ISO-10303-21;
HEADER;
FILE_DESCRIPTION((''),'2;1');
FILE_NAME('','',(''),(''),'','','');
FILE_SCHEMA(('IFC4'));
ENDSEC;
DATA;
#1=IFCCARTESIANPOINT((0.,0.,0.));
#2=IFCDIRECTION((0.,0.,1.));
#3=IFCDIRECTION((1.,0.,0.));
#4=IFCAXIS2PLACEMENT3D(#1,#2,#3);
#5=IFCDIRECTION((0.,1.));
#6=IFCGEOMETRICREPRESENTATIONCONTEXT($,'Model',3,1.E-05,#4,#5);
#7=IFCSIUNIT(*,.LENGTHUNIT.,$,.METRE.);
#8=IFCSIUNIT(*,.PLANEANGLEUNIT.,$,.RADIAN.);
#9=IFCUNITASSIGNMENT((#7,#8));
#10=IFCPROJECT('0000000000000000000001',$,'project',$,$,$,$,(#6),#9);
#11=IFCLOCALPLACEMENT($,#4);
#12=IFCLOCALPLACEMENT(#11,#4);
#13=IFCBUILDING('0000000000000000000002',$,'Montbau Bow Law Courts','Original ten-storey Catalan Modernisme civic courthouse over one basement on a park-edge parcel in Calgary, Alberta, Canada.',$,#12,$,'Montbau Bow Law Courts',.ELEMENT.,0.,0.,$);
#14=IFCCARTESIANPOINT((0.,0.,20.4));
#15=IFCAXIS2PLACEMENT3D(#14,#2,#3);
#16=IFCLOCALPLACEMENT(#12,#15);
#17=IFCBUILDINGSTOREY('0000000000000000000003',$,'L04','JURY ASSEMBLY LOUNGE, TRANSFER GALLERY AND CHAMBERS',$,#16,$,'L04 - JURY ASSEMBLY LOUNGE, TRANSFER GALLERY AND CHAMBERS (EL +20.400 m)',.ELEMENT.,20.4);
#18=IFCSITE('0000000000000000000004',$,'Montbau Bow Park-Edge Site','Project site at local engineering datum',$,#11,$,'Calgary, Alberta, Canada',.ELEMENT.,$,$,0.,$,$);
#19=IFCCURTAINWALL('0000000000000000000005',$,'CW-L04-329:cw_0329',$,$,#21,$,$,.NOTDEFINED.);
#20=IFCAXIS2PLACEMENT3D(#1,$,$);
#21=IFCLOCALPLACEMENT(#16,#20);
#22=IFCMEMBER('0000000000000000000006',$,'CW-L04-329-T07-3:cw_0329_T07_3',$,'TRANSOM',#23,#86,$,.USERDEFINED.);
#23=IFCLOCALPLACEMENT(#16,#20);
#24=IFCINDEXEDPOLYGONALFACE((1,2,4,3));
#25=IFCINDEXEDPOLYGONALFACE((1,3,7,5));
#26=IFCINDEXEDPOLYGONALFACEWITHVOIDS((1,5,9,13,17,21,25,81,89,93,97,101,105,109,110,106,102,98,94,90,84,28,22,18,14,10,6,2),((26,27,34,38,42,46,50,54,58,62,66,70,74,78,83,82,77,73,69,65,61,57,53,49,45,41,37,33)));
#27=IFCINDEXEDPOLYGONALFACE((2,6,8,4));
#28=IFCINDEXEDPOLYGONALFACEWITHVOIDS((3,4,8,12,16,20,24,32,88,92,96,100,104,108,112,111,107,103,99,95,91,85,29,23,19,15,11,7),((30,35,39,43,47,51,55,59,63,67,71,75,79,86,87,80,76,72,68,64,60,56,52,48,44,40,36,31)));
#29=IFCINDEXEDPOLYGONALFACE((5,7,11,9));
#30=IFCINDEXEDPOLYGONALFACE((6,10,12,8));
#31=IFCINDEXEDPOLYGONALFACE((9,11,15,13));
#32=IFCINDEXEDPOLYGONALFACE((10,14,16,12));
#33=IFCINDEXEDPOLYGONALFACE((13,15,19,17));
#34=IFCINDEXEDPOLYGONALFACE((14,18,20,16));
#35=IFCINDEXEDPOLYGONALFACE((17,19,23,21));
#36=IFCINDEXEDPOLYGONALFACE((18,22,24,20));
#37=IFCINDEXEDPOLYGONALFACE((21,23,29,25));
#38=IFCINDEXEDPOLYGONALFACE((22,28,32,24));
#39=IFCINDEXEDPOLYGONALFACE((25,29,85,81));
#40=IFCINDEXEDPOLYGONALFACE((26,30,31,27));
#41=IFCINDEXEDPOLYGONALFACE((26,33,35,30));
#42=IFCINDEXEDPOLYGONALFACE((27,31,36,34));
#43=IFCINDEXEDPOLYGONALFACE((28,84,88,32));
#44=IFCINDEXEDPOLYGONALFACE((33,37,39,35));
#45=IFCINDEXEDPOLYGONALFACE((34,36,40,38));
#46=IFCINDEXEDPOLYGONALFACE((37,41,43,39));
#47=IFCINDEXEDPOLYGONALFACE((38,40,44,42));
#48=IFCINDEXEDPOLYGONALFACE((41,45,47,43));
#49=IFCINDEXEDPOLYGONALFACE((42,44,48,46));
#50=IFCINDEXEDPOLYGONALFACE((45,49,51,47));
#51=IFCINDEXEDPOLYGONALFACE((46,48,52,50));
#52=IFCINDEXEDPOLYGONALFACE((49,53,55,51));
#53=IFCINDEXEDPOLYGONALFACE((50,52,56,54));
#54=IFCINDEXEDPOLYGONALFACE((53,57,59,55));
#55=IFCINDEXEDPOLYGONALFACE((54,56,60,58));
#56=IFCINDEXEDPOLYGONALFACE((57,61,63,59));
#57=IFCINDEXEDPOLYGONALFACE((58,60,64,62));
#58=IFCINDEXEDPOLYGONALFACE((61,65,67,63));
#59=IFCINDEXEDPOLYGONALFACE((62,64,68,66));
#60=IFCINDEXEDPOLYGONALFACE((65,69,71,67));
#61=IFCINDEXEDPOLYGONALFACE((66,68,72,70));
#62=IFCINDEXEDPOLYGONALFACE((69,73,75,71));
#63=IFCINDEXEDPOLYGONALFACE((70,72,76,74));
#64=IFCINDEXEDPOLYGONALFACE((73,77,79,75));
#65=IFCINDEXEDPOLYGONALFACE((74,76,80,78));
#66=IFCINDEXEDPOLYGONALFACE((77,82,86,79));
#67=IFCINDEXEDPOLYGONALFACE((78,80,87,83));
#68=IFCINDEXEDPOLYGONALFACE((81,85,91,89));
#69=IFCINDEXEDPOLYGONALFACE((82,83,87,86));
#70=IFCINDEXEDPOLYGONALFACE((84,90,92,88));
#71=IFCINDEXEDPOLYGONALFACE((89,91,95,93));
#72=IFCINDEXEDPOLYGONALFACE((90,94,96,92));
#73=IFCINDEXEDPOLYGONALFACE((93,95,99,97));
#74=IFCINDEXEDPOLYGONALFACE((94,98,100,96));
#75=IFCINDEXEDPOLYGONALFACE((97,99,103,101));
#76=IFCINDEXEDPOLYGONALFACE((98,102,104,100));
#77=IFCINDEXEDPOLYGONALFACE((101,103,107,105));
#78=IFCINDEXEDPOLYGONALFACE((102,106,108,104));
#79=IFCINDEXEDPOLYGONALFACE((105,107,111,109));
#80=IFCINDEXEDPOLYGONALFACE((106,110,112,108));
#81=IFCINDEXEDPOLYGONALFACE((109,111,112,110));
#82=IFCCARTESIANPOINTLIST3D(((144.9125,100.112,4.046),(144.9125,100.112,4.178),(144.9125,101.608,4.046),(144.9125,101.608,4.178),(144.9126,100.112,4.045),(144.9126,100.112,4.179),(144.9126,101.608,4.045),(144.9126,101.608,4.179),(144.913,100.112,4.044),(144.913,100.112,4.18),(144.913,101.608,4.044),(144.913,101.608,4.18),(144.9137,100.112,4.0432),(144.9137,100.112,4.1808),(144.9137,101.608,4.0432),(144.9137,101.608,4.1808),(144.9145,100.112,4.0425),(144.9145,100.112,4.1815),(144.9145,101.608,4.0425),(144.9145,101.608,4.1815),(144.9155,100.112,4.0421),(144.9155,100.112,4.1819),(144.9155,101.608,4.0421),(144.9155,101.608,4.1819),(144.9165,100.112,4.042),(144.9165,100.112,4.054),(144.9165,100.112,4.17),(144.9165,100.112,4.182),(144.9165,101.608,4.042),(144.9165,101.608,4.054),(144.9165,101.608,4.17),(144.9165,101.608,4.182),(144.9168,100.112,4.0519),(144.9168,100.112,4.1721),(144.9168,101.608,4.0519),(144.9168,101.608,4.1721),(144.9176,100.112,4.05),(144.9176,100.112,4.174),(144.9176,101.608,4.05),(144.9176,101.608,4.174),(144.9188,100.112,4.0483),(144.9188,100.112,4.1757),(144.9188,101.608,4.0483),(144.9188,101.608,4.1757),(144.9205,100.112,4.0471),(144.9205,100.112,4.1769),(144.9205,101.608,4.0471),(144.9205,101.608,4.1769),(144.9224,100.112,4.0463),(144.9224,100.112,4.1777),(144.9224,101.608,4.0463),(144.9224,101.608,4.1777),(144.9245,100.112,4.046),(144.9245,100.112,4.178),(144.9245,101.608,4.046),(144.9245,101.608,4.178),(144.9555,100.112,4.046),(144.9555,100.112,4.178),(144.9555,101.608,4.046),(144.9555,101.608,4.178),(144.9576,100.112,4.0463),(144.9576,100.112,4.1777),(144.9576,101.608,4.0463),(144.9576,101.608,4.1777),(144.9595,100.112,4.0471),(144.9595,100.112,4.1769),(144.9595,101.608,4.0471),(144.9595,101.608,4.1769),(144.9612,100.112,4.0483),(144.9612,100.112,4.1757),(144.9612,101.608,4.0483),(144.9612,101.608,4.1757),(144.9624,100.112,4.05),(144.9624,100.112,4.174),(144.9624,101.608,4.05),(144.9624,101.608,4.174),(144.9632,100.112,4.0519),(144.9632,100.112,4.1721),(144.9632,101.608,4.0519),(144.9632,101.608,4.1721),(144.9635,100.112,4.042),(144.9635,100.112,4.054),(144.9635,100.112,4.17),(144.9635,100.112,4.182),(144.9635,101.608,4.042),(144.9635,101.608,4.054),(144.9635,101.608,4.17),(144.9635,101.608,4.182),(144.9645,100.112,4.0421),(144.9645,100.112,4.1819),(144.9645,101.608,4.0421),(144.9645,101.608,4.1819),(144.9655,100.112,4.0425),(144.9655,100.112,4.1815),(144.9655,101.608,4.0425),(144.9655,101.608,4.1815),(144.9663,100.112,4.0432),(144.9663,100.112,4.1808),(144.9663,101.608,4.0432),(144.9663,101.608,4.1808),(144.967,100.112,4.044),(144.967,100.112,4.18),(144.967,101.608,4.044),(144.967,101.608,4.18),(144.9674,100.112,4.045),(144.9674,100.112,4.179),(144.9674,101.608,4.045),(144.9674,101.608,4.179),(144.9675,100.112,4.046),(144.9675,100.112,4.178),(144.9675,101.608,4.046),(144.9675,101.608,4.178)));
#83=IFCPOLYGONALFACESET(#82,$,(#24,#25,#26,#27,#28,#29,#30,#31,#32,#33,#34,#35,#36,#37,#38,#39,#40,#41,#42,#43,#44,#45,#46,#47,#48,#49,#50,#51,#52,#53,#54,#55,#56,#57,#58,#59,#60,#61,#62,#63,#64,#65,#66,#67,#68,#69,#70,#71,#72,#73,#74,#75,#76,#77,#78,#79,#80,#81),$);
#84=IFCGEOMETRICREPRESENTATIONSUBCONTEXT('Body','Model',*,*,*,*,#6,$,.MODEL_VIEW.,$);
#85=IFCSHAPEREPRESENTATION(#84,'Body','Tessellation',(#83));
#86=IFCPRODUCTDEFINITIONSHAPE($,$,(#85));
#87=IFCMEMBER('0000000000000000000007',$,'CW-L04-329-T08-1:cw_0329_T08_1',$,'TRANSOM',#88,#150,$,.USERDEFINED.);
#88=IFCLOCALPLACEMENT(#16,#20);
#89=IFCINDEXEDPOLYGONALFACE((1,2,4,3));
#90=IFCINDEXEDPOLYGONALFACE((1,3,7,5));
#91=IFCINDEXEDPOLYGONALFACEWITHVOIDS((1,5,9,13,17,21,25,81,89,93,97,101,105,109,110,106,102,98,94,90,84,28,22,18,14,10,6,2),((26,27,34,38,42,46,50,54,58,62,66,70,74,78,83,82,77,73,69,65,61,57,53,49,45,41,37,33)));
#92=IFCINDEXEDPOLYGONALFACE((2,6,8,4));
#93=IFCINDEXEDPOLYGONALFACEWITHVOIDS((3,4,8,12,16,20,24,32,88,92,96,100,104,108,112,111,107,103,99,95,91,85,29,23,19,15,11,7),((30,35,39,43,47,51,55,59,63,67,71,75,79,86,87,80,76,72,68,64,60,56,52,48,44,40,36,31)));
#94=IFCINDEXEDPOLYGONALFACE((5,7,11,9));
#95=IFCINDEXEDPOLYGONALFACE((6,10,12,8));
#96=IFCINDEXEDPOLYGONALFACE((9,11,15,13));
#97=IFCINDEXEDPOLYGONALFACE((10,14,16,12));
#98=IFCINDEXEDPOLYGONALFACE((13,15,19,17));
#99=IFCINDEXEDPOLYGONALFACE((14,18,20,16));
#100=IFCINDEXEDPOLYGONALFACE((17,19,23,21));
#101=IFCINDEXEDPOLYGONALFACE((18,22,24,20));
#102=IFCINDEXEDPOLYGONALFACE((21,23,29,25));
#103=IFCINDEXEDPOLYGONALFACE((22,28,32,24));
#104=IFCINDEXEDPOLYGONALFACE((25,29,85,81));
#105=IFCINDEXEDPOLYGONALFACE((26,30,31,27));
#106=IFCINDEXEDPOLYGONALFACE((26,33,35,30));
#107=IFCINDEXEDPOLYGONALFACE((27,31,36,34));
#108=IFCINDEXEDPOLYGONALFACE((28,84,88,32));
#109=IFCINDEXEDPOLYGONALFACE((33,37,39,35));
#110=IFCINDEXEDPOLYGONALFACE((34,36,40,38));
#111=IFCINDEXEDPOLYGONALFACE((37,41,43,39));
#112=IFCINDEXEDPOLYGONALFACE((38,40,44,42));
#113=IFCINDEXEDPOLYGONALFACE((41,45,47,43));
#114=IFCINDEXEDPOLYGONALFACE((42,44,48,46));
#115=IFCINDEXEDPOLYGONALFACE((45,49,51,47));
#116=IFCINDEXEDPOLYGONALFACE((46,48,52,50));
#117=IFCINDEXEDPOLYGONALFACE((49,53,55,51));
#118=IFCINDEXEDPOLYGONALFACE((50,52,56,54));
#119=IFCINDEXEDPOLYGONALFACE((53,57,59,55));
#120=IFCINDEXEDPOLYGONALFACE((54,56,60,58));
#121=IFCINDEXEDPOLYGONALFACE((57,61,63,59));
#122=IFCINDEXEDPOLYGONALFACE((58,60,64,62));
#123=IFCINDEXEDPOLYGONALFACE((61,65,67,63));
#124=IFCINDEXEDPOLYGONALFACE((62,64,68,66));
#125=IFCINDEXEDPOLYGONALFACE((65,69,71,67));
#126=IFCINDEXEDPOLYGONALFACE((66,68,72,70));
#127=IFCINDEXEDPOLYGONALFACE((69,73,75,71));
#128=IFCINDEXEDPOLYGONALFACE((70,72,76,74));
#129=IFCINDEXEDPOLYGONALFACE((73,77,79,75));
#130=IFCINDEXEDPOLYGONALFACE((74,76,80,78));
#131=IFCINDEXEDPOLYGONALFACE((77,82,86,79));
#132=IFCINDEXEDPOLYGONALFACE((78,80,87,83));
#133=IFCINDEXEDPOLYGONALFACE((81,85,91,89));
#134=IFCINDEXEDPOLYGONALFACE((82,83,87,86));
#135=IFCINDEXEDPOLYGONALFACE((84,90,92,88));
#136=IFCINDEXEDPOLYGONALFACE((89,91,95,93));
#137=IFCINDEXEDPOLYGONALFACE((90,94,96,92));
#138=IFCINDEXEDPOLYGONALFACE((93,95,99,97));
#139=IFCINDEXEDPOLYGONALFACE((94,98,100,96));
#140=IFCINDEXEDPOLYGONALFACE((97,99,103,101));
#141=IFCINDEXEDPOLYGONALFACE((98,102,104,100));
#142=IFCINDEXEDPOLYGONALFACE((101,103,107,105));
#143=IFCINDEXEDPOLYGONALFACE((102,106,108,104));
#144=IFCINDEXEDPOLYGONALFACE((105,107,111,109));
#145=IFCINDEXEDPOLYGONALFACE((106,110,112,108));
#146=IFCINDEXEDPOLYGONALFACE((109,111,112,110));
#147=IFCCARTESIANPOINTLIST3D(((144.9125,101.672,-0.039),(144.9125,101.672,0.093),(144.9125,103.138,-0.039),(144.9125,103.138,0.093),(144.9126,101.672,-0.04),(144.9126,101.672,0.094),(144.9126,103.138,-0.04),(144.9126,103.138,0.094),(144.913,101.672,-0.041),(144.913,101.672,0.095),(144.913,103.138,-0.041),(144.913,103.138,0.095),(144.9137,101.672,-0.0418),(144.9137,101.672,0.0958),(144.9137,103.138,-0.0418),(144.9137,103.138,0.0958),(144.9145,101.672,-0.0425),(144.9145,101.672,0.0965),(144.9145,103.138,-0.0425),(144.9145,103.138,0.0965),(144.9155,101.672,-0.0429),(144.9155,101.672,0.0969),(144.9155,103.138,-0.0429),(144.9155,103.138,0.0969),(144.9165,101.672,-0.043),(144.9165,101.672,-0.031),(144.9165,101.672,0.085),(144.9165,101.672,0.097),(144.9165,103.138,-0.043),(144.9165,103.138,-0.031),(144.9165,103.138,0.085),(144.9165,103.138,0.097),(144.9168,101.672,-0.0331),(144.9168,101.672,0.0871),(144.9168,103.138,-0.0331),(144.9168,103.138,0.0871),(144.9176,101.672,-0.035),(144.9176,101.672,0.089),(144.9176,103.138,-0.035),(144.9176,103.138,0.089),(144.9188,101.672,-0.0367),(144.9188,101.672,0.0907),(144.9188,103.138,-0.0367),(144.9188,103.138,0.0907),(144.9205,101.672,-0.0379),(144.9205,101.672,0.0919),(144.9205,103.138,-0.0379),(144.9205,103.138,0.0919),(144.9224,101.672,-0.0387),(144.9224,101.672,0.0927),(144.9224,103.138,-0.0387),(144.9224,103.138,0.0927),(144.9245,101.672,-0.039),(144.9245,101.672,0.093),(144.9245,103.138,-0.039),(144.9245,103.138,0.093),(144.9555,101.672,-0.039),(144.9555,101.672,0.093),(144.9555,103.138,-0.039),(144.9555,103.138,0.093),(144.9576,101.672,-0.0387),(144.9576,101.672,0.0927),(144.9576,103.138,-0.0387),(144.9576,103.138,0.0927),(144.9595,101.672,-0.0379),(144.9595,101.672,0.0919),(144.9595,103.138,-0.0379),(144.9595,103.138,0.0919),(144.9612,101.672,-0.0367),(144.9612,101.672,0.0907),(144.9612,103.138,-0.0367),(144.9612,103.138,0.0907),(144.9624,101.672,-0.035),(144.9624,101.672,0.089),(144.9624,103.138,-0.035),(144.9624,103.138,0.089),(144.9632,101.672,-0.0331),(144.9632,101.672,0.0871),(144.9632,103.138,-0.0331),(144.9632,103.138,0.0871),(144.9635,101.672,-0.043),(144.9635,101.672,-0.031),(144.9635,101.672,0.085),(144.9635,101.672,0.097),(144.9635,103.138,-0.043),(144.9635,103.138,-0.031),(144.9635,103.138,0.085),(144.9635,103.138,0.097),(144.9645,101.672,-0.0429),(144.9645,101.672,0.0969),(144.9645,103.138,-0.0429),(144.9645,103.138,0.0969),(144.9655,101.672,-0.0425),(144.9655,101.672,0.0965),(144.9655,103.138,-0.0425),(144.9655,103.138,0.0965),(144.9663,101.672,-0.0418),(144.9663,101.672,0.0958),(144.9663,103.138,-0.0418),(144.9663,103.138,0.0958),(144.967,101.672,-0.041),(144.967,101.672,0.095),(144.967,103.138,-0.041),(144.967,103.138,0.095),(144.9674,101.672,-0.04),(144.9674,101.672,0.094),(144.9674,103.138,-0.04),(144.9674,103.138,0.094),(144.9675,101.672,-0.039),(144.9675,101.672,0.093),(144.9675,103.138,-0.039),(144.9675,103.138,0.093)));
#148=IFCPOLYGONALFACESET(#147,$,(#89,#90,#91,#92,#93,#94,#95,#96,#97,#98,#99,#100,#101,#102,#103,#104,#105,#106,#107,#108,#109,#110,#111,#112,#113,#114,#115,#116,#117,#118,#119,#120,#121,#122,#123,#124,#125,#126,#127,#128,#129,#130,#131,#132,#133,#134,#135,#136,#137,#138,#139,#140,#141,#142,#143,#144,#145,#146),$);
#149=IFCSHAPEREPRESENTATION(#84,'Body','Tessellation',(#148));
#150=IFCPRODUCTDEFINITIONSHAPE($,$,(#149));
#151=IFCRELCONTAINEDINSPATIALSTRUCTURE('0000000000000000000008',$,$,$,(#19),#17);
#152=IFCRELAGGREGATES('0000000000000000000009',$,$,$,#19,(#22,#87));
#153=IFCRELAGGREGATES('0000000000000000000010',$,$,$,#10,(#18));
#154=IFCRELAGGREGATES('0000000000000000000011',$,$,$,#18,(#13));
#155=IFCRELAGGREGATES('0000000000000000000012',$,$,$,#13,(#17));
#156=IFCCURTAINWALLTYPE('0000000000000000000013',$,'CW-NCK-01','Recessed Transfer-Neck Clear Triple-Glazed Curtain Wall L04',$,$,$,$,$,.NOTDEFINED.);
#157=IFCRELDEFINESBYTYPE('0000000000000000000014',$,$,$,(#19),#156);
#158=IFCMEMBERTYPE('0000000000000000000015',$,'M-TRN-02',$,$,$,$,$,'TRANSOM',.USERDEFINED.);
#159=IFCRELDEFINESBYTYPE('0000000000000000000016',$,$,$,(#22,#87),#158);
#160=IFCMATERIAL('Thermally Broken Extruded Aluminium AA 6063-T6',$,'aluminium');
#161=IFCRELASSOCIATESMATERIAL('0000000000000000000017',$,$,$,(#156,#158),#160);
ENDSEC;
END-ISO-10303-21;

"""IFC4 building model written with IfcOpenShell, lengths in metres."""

from ifc_helpers import new_model, si_unit, direction, frame, origin_with_axes, origin_2d_with_axis, place, context, subcontext, project, spatial, hollow_rectangle, extrude, material, material_profile, profile_set, type_object, element, aggregate, save


model = new_model("IFC4")

# Units and contexts
model_context = context("Model", 3, precision=1e-05, world=origin_with_axes(), true_north=direction((0.0, 1.0)))
body_context = subcontext(model_context, "Body", "Model", "MODEL_VIEW")
ifc_project = project(units=[si_unit("LENGTHUNIT", "METRE"), si_unit("PLANEANGLEUNIT", "RADIAN")], contexts=[model_context])

# Site, building, storey
site_placement = place(None, origin_with_axes())
site = spatial("IfcSite", under=ifc_project, at=site_placement, Name="Montbau Bow Park-Edge Site", Description="Project site at local engineering datum", LongName="Calgary, Alberta, Canada", CompositionType="ELEMENT", RefElevation=0.0)
building_placement = place(site_placement, origin_with_axes())
building = spatial("IfcBuilding", under=site, at=building_placement, Name="Montbau Bow Law Courts", Description="Original ten-storey Catalan Modernisme civic courthouse over one basement on a park-edge parcel in Calgary, Alberta, Canada.", LongName="Montbau Bow Law Courts", CompositionType="ELEMENT", ElevationOfRefHeight=0.0, ElevationOfTerrain=0.0)
storey_placement = place(building_placement, frame((0.0, 0.0, 20.4), z_axis=(0.0, 0.0, 1.0), x_axis=(1.0, 0.0, 0.0)))
storey = spatial("IfcBuildingStorey", under=building, at=storey_placement, Name="L04", Description="JURY ASSEMBLY LOUNGE, TRANSFER GALLERY AND CHAMBERS", LongName="L04 - JURY ASSEMBLY LOUNGE, TRANSFER GALLERY AND CHAMBERS (EL +20.400 m)", CompositionType="ELEMENT", Elevation=20.4)

# Curtain wall, members
ifc_material_1 = material(Name="Thermally Broken Extruded Aluminium AA 6063-T6", Category="aluminium")
curtain_wall_type = type_object("IfcCurtainWallType", Name="CW-NCK-01", Description="Recessed Transfer-Neck Clear Triple-Glazed Curtain Wall L04", PredefinedType="NOTDEFINED", material=ifc_material_1)
curtain_wall_placement = place(None, frame((144.94, 90.72, 20.4), z_axis=(0.0, 0.0, 1.0), x_axis=(1.0, 0.0, 0.0)))
curtain_wall = element("IfcCurtainWall", 1, at=curtain_wall_placement, inside=storey, type_object=curtain_wall_type, Name="CW-L04-329:cw_0329", PredefinedType="NOTDEFINED")
ifc_material_profile_1 = material_profile(ifc_material_1, hollow_rectangle(XDim=0.055, YDim=0.14, WallThickness=0.004, InnerFilletRadius=0.008, OuterFilletRadius=0.004, at=origin_2d_with_axis()), Name="CWT-140X55", Category="Main", Priority=0)
ifc_profile_set_1 = profile_set([ifc_material_profile_1], Name="Thermally Broken Extruded Aluminium AA 6063-T6")
member_type_1 = type_object("IfcMemberType", Name="M-TRN-02", ElementType="TRANSOM", PredefinedType="USERDEFINED", material=ifc_profile_set_1)
member_1_placement = place(None, frame((144.94, 100.112, 24.512), z_axis=(0.0, 1.0, 0.0), x_axis=(-1.0, 0.0, 0.0)))
member_1 = element("IfcMember", 2, at=member_1_placement, type_object=member_type_1, Name="CW-L04-329-T07-3:cw_0329_T07_3", ObjectType="TRANSOM", PredefinedType="USERDEFINED", context=body_context, shape_type="SweptSolid", body=[
    extrude(hollow_rectangle(XDim=0.055, YDim=0.14, WallThickness=0.004, InnerFilletRadius=0.008, OuterFilletRadius=0.004, at=origin_2d_with_axis()), origin_with_axes(), (0.0, 0.0, 1.0), 1.496),
])
member_2_placement = place(None, frame((144.94, 101.672, 20.427), z_axis=(0.0, 1.0, 0.0), x_axis=(-1.0, 0.0, 0.0)))
member_2 = element("IfcMember", 3, at=member_2_placement, type_object=member_type_1, Name="CW-L04-329-T08-1:cw_0329_T08_1", ObjectType="TRANSOM", PredefinedType="USERDEFINED", context=body_context, shape_type="SweptSolid", body=[
    extrude(hollow_rectangle(XDim=0.055, YDim=0.14, WallThickness=0.004, InnerFilletRadius=0.008, OuterFilletRadius=0.004, at=origin_2d_with_axis()), origin_with_axes(), (0.0, 0.0, 1.0), 1.466),
])
aggregate(curtain_wall, [member_1, member_2])

save(model, "model.ifc")
